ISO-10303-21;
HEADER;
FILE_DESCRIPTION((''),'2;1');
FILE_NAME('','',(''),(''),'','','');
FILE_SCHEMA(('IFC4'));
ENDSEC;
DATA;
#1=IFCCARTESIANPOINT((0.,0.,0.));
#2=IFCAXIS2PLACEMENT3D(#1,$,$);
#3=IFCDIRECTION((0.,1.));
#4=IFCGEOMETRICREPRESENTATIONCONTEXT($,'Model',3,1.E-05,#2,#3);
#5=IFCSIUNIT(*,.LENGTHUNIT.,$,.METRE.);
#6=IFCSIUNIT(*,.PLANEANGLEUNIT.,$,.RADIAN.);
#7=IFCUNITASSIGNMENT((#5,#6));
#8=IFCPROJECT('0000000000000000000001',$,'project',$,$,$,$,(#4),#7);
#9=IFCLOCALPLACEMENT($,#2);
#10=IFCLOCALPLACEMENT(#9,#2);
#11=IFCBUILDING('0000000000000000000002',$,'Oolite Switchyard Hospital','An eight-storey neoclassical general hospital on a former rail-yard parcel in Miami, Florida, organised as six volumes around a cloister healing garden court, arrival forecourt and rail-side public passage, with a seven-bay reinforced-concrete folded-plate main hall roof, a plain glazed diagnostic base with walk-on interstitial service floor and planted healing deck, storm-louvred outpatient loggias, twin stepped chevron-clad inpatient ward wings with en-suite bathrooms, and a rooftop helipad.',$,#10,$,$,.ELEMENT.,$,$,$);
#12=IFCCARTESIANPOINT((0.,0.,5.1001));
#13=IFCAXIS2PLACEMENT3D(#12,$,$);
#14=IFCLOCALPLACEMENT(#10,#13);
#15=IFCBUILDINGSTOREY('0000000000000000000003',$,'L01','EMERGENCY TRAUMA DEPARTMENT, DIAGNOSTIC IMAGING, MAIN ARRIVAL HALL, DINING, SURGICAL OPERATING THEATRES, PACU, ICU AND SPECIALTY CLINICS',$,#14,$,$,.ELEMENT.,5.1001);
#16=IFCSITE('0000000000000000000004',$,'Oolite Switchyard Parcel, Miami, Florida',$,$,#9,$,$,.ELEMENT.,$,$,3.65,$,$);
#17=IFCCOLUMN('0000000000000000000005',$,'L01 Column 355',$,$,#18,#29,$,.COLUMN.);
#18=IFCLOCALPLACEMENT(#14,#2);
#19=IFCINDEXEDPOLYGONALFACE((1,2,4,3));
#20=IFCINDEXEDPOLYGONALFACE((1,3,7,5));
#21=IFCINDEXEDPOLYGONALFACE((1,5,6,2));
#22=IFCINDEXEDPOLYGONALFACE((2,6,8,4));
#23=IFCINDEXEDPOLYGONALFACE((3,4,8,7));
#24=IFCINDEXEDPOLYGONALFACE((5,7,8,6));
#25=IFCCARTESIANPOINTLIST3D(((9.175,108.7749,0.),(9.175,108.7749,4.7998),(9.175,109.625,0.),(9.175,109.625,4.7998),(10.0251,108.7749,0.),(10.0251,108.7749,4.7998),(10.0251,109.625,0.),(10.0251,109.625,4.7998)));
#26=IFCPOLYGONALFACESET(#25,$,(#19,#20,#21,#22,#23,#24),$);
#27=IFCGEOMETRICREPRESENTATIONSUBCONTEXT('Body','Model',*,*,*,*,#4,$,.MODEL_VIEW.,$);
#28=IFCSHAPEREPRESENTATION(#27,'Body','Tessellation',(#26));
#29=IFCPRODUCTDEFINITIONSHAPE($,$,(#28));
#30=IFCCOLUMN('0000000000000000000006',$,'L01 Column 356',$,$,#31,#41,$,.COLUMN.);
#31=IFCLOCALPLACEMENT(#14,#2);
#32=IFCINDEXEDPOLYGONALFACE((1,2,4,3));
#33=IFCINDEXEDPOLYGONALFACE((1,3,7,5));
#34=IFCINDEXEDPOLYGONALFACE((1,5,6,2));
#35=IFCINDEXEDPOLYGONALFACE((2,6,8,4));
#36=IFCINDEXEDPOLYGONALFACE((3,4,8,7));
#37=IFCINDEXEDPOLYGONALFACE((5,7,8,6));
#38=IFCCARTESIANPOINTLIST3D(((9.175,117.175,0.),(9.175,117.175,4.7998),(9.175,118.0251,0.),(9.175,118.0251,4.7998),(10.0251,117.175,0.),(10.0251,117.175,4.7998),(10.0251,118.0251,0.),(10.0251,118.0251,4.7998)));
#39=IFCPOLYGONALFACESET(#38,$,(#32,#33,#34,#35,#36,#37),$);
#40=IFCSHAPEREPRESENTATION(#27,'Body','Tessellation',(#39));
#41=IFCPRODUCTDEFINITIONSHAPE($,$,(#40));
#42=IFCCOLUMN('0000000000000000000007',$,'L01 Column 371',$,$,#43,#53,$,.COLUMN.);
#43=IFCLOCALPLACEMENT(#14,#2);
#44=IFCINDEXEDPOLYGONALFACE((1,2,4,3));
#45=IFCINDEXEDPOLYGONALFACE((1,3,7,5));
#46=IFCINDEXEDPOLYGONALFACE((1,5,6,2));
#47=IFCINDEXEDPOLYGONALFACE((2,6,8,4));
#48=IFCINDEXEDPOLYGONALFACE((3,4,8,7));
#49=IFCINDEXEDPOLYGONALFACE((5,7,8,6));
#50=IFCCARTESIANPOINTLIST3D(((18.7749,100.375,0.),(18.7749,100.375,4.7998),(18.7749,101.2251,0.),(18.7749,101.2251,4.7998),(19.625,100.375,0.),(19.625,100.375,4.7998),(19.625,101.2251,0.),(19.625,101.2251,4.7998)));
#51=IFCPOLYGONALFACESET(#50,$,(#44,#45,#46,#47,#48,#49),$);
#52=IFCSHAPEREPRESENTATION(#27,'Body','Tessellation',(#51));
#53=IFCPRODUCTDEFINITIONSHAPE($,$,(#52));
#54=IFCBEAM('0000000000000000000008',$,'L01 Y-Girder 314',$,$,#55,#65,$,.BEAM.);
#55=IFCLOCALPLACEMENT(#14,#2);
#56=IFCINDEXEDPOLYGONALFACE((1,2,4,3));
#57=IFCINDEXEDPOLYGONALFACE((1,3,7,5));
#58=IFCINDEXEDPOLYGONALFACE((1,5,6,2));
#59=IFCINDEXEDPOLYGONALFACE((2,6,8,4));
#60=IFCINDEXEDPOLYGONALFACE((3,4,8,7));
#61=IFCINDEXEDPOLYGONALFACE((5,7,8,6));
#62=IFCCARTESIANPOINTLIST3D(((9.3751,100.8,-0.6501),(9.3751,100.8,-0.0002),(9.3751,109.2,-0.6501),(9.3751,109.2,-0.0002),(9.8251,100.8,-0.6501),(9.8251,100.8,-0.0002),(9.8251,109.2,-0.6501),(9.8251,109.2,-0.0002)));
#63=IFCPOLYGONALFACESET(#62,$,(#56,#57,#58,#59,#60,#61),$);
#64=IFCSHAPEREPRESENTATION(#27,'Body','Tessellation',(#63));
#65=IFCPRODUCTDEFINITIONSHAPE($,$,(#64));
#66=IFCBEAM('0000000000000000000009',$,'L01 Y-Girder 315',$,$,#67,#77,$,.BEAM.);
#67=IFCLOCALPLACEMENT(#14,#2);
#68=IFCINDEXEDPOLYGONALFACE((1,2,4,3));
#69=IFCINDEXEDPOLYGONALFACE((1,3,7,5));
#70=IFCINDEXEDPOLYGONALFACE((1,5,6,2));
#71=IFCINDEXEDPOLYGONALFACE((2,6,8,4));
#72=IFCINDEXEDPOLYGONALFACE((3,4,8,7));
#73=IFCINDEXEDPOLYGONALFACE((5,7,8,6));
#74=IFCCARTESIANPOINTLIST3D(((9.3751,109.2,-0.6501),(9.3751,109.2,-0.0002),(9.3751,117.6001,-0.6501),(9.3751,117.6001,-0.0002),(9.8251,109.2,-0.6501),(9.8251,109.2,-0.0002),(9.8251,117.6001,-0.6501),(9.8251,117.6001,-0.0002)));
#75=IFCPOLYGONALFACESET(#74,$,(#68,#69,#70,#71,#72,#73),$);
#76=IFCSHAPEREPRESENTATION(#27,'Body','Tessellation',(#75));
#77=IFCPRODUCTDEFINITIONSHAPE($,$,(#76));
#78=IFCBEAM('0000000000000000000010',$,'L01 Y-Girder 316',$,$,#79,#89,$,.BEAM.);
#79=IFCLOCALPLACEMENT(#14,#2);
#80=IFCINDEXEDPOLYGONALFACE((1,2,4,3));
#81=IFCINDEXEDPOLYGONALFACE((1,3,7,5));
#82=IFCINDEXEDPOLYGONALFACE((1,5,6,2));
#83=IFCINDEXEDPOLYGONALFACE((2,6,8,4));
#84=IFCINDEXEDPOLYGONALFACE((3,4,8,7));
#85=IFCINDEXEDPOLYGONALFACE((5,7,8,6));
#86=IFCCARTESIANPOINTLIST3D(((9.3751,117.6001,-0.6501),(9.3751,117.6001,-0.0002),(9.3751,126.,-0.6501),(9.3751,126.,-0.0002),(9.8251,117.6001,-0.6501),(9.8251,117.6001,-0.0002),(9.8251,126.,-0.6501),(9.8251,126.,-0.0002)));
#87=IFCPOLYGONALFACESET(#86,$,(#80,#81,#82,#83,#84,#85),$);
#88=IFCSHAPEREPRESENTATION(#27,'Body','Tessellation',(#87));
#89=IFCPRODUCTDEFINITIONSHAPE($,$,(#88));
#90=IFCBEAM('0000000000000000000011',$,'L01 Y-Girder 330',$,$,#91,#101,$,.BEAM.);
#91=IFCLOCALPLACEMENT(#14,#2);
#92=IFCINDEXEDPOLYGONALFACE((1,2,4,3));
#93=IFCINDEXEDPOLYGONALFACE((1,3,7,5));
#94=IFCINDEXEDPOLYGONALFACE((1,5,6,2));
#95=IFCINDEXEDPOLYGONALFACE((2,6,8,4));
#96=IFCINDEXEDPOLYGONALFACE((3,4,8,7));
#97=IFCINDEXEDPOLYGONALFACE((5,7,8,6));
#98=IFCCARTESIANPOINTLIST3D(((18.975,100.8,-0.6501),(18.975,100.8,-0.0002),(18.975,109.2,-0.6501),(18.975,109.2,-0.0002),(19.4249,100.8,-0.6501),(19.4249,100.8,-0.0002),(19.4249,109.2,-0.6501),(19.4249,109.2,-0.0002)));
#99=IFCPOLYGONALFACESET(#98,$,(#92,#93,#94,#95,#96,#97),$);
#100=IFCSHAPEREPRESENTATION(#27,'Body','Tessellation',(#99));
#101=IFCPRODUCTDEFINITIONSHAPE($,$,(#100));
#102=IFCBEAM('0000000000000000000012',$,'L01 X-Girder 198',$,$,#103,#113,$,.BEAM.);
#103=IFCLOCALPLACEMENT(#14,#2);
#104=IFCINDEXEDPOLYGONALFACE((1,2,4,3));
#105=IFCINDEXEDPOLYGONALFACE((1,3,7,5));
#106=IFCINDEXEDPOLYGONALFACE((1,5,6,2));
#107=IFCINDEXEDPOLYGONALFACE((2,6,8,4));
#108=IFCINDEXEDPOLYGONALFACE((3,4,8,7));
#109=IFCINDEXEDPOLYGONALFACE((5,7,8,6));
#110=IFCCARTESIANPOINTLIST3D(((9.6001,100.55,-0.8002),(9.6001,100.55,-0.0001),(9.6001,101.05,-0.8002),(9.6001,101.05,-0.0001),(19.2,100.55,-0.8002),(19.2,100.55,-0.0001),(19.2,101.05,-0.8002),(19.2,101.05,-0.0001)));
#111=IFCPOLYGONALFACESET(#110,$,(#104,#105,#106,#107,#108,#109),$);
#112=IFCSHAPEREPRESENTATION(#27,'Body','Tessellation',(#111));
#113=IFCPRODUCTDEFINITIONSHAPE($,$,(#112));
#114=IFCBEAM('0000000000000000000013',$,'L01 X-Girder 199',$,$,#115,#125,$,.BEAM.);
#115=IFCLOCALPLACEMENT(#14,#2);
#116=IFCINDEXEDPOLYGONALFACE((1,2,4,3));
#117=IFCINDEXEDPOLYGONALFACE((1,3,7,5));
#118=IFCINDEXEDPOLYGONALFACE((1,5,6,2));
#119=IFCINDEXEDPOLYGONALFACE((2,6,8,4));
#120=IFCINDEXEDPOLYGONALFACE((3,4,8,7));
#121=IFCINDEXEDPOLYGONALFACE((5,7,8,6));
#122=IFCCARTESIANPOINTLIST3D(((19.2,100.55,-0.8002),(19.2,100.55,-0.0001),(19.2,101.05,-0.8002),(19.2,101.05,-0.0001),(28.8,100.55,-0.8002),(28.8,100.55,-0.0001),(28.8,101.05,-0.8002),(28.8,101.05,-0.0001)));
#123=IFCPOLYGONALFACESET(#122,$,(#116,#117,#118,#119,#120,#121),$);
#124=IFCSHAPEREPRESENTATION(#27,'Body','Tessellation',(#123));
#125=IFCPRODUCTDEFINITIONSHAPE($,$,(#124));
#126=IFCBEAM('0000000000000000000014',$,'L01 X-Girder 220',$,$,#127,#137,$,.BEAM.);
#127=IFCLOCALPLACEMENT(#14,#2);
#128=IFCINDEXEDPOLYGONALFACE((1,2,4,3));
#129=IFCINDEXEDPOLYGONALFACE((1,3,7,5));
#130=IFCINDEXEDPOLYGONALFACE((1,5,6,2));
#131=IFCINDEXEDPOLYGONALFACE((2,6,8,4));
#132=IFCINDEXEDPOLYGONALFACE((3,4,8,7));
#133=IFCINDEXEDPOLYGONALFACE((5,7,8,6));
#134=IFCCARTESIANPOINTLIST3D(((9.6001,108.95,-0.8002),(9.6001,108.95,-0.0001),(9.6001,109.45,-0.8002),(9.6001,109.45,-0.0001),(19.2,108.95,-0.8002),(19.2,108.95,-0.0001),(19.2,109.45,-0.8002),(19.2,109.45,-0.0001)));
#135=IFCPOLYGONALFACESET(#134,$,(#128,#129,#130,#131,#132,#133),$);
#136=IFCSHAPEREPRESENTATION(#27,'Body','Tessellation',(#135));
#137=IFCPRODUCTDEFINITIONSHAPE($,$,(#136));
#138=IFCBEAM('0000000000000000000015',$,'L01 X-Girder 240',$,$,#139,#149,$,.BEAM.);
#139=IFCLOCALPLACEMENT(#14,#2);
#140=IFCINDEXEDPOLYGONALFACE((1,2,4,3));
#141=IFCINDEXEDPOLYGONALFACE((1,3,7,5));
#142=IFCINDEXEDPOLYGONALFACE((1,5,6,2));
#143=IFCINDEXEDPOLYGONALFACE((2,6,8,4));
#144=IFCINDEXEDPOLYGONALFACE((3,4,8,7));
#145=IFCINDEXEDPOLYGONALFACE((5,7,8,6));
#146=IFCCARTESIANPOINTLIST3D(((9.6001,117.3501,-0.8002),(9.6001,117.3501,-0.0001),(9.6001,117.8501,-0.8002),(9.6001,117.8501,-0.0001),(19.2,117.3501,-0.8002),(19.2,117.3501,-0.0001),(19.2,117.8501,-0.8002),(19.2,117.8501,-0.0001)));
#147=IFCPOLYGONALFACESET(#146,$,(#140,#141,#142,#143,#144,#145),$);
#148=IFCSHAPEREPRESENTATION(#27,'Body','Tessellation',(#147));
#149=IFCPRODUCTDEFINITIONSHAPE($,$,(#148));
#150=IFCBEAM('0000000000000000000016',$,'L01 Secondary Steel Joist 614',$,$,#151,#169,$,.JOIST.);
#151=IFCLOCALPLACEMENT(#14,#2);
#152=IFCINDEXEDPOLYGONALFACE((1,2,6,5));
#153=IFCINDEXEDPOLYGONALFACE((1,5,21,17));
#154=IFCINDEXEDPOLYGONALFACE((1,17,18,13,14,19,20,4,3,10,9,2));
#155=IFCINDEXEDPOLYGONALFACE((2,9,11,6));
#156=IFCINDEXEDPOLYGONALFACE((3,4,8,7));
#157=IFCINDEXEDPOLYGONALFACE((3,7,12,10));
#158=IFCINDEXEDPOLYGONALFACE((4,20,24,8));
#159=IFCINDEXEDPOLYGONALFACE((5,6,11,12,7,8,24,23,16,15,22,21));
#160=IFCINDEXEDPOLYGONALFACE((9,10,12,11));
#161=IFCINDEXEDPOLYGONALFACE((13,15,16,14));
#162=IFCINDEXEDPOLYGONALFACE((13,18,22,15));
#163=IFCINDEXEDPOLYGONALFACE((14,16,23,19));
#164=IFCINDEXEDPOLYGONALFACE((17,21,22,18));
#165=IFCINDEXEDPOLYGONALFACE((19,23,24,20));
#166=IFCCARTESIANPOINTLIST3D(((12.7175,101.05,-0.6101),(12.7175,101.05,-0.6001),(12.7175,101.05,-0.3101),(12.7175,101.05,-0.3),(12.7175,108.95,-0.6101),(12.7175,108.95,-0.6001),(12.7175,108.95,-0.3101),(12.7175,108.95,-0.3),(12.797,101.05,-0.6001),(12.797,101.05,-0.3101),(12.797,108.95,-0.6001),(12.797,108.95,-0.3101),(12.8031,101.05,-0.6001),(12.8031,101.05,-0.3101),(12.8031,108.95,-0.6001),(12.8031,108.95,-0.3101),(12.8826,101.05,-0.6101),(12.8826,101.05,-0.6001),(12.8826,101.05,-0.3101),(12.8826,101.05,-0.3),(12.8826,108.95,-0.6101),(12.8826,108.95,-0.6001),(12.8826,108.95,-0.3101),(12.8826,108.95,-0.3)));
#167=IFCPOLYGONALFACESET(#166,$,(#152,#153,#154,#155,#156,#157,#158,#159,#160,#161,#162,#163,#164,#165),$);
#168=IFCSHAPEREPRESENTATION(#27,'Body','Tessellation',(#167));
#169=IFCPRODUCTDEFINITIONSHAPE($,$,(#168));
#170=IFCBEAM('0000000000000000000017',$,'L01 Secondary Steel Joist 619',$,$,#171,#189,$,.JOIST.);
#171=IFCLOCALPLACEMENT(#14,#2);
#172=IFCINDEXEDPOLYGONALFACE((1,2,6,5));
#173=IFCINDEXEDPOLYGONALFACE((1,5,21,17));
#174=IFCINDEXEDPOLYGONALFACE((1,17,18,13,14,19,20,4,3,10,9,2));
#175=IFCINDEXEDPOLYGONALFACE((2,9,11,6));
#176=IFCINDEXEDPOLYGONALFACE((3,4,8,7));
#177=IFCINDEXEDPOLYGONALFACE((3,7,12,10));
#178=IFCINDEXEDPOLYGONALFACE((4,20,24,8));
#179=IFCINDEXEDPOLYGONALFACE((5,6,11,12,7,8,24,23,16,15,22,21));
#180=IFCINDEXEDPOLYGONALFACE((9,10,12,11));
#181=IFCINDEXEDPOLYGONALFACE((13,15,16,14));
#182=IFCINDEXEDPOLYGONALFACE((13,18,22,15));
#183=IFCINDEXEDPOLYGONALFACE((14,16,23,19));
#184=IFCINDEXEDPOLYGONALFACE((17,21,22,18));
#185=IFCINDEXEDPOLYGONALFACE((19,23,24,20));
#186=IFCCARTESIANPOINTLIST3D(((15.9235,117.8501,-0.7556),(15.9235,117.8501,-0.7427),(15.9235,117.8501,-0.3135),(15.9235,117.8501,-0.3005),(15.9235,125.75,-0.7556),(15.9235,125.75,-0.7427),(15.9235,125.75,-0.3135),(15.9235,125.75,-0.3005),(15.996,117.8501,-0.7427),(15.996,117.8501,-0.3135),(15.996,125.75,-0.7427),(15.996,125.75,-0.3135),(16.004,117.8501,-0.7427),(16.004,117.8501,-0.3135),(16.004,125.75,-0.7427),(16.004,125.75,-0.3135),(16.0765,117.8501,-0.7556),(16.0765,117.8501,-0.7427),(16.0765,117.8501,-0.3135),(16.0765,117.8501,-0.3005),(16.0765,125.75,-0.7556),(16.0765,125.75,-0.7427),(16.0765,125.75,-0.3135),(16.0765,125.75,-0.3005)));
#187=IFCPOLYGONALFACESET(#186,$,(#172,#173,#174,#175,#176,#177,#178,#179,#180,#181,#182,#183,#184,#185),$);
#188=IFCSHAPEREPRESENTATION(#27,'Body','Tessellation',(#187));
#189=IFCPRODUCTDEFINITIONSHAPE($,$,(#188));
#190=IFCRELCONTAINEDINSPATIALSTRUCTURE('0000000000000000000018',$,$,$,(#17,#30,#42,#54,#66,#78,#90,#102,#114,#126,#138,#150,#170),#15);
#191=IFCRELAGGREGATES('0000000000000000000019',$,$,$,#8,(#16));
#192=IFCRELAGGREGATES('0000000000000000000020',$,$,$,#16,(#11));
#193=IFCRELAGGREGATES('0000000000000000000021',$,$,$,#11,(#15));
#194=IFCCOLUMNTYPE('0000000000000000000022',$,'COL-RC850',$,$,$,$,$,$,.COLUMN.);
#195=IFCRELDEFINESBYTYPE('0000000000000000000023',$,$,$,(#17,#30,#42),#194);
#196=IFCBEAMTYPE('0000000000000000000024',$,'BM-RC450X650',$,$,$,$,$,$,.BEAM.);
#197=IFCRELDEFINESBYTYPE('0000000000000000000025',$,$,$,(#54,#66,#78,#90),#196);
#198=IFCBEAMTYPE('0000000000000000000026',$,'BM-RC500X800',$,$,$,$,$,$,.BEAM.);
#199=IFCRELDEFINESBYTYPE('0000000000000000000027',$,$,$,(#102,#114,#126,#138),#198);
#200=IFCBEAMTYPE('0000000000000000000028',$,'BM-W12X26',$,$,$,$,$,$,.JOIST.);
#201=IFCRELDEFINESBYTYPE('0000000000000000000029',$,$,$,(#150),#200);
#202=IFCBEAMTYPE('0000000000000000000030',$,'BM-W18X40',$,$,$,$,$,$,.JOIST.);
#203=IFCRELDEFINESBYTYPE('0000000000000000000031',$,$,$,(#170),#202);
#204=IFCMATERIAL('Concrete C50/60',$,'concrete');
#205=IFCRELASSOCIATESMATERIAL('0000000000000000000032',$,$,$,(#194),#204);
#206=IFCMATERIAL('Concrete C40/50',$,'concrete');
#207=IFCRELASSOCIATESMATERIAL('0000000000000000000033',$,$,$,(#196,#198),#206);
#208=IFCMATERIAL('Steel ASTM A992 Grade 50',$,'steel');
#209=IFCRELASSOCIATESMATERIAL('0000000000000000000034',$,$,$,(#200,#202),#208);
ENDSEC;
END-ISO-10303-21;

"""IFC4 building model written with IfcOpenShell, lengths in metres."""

from ifc_helpers import new_model, si_unit, direction, frame, origin, origin_2d, place, context, subcontext, project, spatial, rectangle, i_section, extrude, material, material_profile, profile_set, type_object, element, save


model = new_model("IFC4")

# Units and contexts
model_context = context("Model", 3, precision=1e-05, world=origin(), true_north=direction((0.0, 1.0)))
body_context = subcontext(model_context, "Body", "Model", "MODEL_VIEW")
ifc_project = project(units=[si_unit("LENGTHUNIT", "METRE"), si_unit("PLANEANGLEUNIT", "RADIAN")], contexts=[model_context])

# Site, building, storey
site_placement = place(None, origin())
site = spatial("IfcSite", under=ifc_project, at=site_placement, Name="Oolite Switchyard Parcel, Miami, Florida", CompositionType="ELEMENT", RefElevation=3.65)
building_placement = place(site_placement, origin())
building = spatial("IfcBuilding", under=site, at=building_placement, Name="Oolite Switchyard Hospital", Description="An eight-storey neoclassical general hospital on a former rail-yard parcel in Miami, Florida, organised as six volumes around a cloister healing garden court, arrival forecourt and rail-side public passage, with a seven-bay reinforced-concrete folded-plate main hall roof, a plain glazed diagnostic base with walk-on interstitial service floor and planted healing deck, storm-louvred outpatient loggias, twin stepped chevron-clad inpatient ward wings with en-suite bathrooms, and a rooftop helipad.", CompositionType="ELEMENT")
storey_placement = place(building_placement, frame((0.0, 0.0, 5.1001)))
storey = spatial("IfcBuildingStorey", under=building, at=storey_placement, Name="L01", Description="EMERGENCY TRAUMA DEPARTMENT, DIAGNOSTIC IMAGING, MAIN ARRIVAL HALL, DINING, SURGICAL OPERATING THEATRES, PACU, ICU AND SPECIALTY CLINICS", CompositionType="ELEMENT", Elevation=5.1001)

# Columns
ifc_material_1 = material(Name="Concrete C50/60", Category="concrete")
ifc_material_profile_1 = material_profile(ifc_material_1, rectangle(XDim=0.8501, YDim=0.8501, at=origin_2d()), Name="RC850X850")
ifc_profile_set_1 = profile_set([ifc_material_profile_1], Name="Concrete C50/60")
column_type = type_object("IfcColumnType", Name="COL-RC850", PredefinedType="COLUMN", material=ifc_profile_set_1)
for number, where, z_axis, x_axis, name in (
    (1, (9.6001, 109.2, 0.0), (0.0, 0.0, 1.0), (1.0, 0.0, 0.0), "L01 Column 355"),
    (2, (9.6001, 117.6001, 0.0), (0.0, 0.0, 1.0), (1.0, 0.0, 0.0), "L01 Column 356"),
    (3, (19.2, 100.8, 0.0), (0.0, 0.0, 1.0), (1.0, 0.0, 0.0), "L01 Column 371"),
):
    element("IfcColumn", number, at=place(storey_placement, frame(where, z_axis=z_axis, x_axis=x_axis)), inside=storey, type_object=column_type, Name=name, PredefinedType="COLUMN", context=body_context, shape_type="SweptSolid", body=[
        extrude(rectangle(XDim=0.8501, YDim=0.8501, at=origin_2d()), origin(), (0.0, 0.0, 1.0), 4.7998),
    ])

# Beams
ifc_material_2 = material(Name="Concrete C40/50", Category="concrete")
ifc_material_profile_2 = material_profile(ifc_material_2, rectangle(XDim=0.45, YDim=0.6499, at=origin_2d()), Name="RCB450X650")
ifc_profile_set_2 = profile_set([ifc_material_profile_2], Name="Concrete C40/50")
beam_type_1 = type_object("IfcBeamType", Name="BM-RC450X650", PredefinedType="BEAM", material=ifc_profile_set_2)
beam_1_placement = place(storey_placement, frame((9.6001, 100.8, -0.3252), z_axis=(0.0, 1.0, 0.0), x_axis=(-1.0, 0.0, 0.0)))
element("IfcBeam", 4, at=beam_1_placement, inside=storey, type_object=beam_type_1, Name="L01 Y-Girder 314", PredefinedType="BEAM", context=body_context, shape_type="SweptSolid", body=[
    extrude(rectangle(XDim=0.45, YDim=0.6499, at=origin_2d()), origin(), (0.0, 0.0, 1.0), 8.3999),
])
beam_2_placement = place(storey_placement, frame((9.6001, 109.2, -0.3252), z_axis=(0.0, 1.0, 0.0), x_axis=(-1.0, 0.0, 0.0)))
element("IfcBeam", 5, at=beam_2_placement, inside=storey, type_object=beam_type_1, Name="L01 Y-Girder 315", PredefinedType="BEAM", context=body_context, shape_type="SweptSolid", body=[
    extrude(rectangle(XDim=0.45, YDim=0.6499, at=origin_2d()), origin(), (0.0, 0.0, 1.0), 8.4001),
])
for number, where, z_axis, x_axis, name in (
    (6, (9.6001, 117.6001, -0.3252), (0.0, 1.0, 0.0), (-1.0, 0.0, 0.0), "L01 Y-Girder 316"),
    (7, (19.2, 100.8, -0.3252), (0.0, 1.0, 0.0), (-1.0, 0.0, 0.0), "L01 Y-Girder 330"),
):
    element("IfcBeam", number, at=place(storey_placement, frame(where, z_axis=z_axis, x_axis=x_axis)), inside=storey, type_object=beam_type_1, Name=name, PredefinedType="BEAM", context=body_context, shape_type="SweptSolid", body=[
        extrude(rectangle(XDim=0.45, YDim=0.6499, at=origin_2d()), origin(), (0.0, 0.0, 1.0), 8.3999),
    ])
ifc_material_profile_3 = material_profile(ifc_material_2, rectangle(XDim=0.5, YDim=0.8, at=origin_2d()), Name="RCB500X800")
ifc_profile_set_3 = profile_set([ifc_material_profile_3], Name="Concrete C40/50")
beam_type_2 = type_object("IfcBeamType", Name="BM-RC500X800", PredefinedType="BEAM", material=ifc_profile_set_3)
beam_3_placement = place(storey_placement, frame((9.6001, 100.8, -0.4001), z_axis=(1.0, 0.0, 0.0), x_axis=(0.0, 1.0, 0.0)))
element("IfcBeam", 8, at=beam_3_placement, inside=storey, type_object=beam_type_2, Name="L01 X-Girder 198", PredefinedType="BEAM", context=body_context, shape_type="SweptSolid", body=[
    extrude(rectangle(XDim=0.5, YDim=0.8, at=origin_2d()), origin(), (0.0, 0.0, 1.0), 9.5999),
])
beam_4_placement = place(storey_placement, frame((19.2, 100.8, -0.4001), z_axis=(1.0, 0.0, 0.0), x_axis=(0.0, 1.0, 0.0)))
element("IfcBeam", 9, at=beam_4_placement, inside=storey, type_object=beam_type_2, Name="L01 X-Girder 199", PredefinedType="BEAM", context=body_context, shape_type="SweptSolid", body=[
    extrude(rectangle(XDim=0.5, YDim=0.8, at=origin_2d()), origin(), (0.0, 0.0, 1.0), 9.6001),
])
for number, where, z_axis, x_axis, name in (
    (10, (9.6001, 109.2, -0.4001), (1.0, 0.0, 0.0), (0.0, 1.0, 0.0), "L01 X-Girder 220"),
    (11, (9.6001, 117.6001, -0.4001), (1.0, 0.0, 0.0), (0.0, 1.0, 0.0), "L01 X-Girder 240"),
):
    element("IfcBeam", number, at=place(storey_placement, frame(where, z_axis=z_axis, x_axis=x_axis)), inside=storey, type_object=beam_type_2, Name=name, PredefinedType="BEAM", context=body_context, shape_type="SweptSolid", body=[
        extrude(rectangle(XDim=0.5, YDim=0.8, at=origin_2d()), origin(), (0.0, 0.0, 1.0), 9.5999),
    ])
ifc_material_3 = material(Name="Steel ASTM A992 Grade 50", Category="steel")
ifc_material_profile_4 = material_profile(ifc_material_3, i_section(OverallWidth=0.165, OverallDepth=0.3101, WebThickness=0.0061, FlangeThickness=0.01, at=origin_2d()), Name="W12X26")
ifc_profile_set_4 = profile_set([ifc_material_profile_4], Name="Steel ASTM A992 Grade 50")
beam_type_3 = type_object("IfcBeamType", Name="BM-W12X26", PredefinedType="JOIST", material=ifc_profile_set_4)
beam_5_placement = place(storey_placement, frame((12.8, 101.05, -0.4551), z_axis=(0.0, 1.0, 0.0), x_axis=(-1.0, 0.0, 0.0)))
element("IfcBeam", 12, at=beam_5_placement, inside=storey, type_object=beam_type_3, Name="L01 Secondary Steel Joist 614", PredefinedType="JOIST", context=body_context, shape_type="SweptSolid", body=[
    extrude(i_section(OverallWidth=0.165, OverallDepth=0.3101, WebThickness=0.0061, FlangeThickness=0.01, at=origin_2d()), origin(), (0.0, 0.0, 1.0), 7.8999),
])
ifc_material_profile_5 = material_profile(ifc_material_3, i_section(OverallWidth=0.1531, OverallDepth=0.4551, WebThickness=0.0081, FlangeThickness=0.0129, at=origin_2d()), Name="W18X40")
ifc_profile_set_5 = profile_set([ifc_material_profile_5], Name="Steel ASTM A992 Grade 50")
beam_type_4 = type_object("IfcBeamType", Name="BM-W18X40", PredefinedType="JOIST", material=ifc_profile_set_5)
beam_6_placement = place(storey_placement, frame((16.0, 117.8501, -0.5281), z_axis=(0.0, 1.0, 0.0), x_axis=(-1.0, 0.0, 0.0)))
element("IfcBeam", 13, at=beam_6_placement, inside=storey, type_object=beam_type_4, Name="L01 Secondary Steel Joist 619", PredefinedType="JOIST", context=body_context, shape_type="SweptSolid", body=[
    extrude(i_section(OverallWidth=0.1531, OverallDepth=0.4551, WebThickness=0.0081, FlangeThickness=0.0129, at=origin_2d()), origin(), (0.0, 0.0, 1.0), 7.8999),
])

save(model, "model.ifc")
